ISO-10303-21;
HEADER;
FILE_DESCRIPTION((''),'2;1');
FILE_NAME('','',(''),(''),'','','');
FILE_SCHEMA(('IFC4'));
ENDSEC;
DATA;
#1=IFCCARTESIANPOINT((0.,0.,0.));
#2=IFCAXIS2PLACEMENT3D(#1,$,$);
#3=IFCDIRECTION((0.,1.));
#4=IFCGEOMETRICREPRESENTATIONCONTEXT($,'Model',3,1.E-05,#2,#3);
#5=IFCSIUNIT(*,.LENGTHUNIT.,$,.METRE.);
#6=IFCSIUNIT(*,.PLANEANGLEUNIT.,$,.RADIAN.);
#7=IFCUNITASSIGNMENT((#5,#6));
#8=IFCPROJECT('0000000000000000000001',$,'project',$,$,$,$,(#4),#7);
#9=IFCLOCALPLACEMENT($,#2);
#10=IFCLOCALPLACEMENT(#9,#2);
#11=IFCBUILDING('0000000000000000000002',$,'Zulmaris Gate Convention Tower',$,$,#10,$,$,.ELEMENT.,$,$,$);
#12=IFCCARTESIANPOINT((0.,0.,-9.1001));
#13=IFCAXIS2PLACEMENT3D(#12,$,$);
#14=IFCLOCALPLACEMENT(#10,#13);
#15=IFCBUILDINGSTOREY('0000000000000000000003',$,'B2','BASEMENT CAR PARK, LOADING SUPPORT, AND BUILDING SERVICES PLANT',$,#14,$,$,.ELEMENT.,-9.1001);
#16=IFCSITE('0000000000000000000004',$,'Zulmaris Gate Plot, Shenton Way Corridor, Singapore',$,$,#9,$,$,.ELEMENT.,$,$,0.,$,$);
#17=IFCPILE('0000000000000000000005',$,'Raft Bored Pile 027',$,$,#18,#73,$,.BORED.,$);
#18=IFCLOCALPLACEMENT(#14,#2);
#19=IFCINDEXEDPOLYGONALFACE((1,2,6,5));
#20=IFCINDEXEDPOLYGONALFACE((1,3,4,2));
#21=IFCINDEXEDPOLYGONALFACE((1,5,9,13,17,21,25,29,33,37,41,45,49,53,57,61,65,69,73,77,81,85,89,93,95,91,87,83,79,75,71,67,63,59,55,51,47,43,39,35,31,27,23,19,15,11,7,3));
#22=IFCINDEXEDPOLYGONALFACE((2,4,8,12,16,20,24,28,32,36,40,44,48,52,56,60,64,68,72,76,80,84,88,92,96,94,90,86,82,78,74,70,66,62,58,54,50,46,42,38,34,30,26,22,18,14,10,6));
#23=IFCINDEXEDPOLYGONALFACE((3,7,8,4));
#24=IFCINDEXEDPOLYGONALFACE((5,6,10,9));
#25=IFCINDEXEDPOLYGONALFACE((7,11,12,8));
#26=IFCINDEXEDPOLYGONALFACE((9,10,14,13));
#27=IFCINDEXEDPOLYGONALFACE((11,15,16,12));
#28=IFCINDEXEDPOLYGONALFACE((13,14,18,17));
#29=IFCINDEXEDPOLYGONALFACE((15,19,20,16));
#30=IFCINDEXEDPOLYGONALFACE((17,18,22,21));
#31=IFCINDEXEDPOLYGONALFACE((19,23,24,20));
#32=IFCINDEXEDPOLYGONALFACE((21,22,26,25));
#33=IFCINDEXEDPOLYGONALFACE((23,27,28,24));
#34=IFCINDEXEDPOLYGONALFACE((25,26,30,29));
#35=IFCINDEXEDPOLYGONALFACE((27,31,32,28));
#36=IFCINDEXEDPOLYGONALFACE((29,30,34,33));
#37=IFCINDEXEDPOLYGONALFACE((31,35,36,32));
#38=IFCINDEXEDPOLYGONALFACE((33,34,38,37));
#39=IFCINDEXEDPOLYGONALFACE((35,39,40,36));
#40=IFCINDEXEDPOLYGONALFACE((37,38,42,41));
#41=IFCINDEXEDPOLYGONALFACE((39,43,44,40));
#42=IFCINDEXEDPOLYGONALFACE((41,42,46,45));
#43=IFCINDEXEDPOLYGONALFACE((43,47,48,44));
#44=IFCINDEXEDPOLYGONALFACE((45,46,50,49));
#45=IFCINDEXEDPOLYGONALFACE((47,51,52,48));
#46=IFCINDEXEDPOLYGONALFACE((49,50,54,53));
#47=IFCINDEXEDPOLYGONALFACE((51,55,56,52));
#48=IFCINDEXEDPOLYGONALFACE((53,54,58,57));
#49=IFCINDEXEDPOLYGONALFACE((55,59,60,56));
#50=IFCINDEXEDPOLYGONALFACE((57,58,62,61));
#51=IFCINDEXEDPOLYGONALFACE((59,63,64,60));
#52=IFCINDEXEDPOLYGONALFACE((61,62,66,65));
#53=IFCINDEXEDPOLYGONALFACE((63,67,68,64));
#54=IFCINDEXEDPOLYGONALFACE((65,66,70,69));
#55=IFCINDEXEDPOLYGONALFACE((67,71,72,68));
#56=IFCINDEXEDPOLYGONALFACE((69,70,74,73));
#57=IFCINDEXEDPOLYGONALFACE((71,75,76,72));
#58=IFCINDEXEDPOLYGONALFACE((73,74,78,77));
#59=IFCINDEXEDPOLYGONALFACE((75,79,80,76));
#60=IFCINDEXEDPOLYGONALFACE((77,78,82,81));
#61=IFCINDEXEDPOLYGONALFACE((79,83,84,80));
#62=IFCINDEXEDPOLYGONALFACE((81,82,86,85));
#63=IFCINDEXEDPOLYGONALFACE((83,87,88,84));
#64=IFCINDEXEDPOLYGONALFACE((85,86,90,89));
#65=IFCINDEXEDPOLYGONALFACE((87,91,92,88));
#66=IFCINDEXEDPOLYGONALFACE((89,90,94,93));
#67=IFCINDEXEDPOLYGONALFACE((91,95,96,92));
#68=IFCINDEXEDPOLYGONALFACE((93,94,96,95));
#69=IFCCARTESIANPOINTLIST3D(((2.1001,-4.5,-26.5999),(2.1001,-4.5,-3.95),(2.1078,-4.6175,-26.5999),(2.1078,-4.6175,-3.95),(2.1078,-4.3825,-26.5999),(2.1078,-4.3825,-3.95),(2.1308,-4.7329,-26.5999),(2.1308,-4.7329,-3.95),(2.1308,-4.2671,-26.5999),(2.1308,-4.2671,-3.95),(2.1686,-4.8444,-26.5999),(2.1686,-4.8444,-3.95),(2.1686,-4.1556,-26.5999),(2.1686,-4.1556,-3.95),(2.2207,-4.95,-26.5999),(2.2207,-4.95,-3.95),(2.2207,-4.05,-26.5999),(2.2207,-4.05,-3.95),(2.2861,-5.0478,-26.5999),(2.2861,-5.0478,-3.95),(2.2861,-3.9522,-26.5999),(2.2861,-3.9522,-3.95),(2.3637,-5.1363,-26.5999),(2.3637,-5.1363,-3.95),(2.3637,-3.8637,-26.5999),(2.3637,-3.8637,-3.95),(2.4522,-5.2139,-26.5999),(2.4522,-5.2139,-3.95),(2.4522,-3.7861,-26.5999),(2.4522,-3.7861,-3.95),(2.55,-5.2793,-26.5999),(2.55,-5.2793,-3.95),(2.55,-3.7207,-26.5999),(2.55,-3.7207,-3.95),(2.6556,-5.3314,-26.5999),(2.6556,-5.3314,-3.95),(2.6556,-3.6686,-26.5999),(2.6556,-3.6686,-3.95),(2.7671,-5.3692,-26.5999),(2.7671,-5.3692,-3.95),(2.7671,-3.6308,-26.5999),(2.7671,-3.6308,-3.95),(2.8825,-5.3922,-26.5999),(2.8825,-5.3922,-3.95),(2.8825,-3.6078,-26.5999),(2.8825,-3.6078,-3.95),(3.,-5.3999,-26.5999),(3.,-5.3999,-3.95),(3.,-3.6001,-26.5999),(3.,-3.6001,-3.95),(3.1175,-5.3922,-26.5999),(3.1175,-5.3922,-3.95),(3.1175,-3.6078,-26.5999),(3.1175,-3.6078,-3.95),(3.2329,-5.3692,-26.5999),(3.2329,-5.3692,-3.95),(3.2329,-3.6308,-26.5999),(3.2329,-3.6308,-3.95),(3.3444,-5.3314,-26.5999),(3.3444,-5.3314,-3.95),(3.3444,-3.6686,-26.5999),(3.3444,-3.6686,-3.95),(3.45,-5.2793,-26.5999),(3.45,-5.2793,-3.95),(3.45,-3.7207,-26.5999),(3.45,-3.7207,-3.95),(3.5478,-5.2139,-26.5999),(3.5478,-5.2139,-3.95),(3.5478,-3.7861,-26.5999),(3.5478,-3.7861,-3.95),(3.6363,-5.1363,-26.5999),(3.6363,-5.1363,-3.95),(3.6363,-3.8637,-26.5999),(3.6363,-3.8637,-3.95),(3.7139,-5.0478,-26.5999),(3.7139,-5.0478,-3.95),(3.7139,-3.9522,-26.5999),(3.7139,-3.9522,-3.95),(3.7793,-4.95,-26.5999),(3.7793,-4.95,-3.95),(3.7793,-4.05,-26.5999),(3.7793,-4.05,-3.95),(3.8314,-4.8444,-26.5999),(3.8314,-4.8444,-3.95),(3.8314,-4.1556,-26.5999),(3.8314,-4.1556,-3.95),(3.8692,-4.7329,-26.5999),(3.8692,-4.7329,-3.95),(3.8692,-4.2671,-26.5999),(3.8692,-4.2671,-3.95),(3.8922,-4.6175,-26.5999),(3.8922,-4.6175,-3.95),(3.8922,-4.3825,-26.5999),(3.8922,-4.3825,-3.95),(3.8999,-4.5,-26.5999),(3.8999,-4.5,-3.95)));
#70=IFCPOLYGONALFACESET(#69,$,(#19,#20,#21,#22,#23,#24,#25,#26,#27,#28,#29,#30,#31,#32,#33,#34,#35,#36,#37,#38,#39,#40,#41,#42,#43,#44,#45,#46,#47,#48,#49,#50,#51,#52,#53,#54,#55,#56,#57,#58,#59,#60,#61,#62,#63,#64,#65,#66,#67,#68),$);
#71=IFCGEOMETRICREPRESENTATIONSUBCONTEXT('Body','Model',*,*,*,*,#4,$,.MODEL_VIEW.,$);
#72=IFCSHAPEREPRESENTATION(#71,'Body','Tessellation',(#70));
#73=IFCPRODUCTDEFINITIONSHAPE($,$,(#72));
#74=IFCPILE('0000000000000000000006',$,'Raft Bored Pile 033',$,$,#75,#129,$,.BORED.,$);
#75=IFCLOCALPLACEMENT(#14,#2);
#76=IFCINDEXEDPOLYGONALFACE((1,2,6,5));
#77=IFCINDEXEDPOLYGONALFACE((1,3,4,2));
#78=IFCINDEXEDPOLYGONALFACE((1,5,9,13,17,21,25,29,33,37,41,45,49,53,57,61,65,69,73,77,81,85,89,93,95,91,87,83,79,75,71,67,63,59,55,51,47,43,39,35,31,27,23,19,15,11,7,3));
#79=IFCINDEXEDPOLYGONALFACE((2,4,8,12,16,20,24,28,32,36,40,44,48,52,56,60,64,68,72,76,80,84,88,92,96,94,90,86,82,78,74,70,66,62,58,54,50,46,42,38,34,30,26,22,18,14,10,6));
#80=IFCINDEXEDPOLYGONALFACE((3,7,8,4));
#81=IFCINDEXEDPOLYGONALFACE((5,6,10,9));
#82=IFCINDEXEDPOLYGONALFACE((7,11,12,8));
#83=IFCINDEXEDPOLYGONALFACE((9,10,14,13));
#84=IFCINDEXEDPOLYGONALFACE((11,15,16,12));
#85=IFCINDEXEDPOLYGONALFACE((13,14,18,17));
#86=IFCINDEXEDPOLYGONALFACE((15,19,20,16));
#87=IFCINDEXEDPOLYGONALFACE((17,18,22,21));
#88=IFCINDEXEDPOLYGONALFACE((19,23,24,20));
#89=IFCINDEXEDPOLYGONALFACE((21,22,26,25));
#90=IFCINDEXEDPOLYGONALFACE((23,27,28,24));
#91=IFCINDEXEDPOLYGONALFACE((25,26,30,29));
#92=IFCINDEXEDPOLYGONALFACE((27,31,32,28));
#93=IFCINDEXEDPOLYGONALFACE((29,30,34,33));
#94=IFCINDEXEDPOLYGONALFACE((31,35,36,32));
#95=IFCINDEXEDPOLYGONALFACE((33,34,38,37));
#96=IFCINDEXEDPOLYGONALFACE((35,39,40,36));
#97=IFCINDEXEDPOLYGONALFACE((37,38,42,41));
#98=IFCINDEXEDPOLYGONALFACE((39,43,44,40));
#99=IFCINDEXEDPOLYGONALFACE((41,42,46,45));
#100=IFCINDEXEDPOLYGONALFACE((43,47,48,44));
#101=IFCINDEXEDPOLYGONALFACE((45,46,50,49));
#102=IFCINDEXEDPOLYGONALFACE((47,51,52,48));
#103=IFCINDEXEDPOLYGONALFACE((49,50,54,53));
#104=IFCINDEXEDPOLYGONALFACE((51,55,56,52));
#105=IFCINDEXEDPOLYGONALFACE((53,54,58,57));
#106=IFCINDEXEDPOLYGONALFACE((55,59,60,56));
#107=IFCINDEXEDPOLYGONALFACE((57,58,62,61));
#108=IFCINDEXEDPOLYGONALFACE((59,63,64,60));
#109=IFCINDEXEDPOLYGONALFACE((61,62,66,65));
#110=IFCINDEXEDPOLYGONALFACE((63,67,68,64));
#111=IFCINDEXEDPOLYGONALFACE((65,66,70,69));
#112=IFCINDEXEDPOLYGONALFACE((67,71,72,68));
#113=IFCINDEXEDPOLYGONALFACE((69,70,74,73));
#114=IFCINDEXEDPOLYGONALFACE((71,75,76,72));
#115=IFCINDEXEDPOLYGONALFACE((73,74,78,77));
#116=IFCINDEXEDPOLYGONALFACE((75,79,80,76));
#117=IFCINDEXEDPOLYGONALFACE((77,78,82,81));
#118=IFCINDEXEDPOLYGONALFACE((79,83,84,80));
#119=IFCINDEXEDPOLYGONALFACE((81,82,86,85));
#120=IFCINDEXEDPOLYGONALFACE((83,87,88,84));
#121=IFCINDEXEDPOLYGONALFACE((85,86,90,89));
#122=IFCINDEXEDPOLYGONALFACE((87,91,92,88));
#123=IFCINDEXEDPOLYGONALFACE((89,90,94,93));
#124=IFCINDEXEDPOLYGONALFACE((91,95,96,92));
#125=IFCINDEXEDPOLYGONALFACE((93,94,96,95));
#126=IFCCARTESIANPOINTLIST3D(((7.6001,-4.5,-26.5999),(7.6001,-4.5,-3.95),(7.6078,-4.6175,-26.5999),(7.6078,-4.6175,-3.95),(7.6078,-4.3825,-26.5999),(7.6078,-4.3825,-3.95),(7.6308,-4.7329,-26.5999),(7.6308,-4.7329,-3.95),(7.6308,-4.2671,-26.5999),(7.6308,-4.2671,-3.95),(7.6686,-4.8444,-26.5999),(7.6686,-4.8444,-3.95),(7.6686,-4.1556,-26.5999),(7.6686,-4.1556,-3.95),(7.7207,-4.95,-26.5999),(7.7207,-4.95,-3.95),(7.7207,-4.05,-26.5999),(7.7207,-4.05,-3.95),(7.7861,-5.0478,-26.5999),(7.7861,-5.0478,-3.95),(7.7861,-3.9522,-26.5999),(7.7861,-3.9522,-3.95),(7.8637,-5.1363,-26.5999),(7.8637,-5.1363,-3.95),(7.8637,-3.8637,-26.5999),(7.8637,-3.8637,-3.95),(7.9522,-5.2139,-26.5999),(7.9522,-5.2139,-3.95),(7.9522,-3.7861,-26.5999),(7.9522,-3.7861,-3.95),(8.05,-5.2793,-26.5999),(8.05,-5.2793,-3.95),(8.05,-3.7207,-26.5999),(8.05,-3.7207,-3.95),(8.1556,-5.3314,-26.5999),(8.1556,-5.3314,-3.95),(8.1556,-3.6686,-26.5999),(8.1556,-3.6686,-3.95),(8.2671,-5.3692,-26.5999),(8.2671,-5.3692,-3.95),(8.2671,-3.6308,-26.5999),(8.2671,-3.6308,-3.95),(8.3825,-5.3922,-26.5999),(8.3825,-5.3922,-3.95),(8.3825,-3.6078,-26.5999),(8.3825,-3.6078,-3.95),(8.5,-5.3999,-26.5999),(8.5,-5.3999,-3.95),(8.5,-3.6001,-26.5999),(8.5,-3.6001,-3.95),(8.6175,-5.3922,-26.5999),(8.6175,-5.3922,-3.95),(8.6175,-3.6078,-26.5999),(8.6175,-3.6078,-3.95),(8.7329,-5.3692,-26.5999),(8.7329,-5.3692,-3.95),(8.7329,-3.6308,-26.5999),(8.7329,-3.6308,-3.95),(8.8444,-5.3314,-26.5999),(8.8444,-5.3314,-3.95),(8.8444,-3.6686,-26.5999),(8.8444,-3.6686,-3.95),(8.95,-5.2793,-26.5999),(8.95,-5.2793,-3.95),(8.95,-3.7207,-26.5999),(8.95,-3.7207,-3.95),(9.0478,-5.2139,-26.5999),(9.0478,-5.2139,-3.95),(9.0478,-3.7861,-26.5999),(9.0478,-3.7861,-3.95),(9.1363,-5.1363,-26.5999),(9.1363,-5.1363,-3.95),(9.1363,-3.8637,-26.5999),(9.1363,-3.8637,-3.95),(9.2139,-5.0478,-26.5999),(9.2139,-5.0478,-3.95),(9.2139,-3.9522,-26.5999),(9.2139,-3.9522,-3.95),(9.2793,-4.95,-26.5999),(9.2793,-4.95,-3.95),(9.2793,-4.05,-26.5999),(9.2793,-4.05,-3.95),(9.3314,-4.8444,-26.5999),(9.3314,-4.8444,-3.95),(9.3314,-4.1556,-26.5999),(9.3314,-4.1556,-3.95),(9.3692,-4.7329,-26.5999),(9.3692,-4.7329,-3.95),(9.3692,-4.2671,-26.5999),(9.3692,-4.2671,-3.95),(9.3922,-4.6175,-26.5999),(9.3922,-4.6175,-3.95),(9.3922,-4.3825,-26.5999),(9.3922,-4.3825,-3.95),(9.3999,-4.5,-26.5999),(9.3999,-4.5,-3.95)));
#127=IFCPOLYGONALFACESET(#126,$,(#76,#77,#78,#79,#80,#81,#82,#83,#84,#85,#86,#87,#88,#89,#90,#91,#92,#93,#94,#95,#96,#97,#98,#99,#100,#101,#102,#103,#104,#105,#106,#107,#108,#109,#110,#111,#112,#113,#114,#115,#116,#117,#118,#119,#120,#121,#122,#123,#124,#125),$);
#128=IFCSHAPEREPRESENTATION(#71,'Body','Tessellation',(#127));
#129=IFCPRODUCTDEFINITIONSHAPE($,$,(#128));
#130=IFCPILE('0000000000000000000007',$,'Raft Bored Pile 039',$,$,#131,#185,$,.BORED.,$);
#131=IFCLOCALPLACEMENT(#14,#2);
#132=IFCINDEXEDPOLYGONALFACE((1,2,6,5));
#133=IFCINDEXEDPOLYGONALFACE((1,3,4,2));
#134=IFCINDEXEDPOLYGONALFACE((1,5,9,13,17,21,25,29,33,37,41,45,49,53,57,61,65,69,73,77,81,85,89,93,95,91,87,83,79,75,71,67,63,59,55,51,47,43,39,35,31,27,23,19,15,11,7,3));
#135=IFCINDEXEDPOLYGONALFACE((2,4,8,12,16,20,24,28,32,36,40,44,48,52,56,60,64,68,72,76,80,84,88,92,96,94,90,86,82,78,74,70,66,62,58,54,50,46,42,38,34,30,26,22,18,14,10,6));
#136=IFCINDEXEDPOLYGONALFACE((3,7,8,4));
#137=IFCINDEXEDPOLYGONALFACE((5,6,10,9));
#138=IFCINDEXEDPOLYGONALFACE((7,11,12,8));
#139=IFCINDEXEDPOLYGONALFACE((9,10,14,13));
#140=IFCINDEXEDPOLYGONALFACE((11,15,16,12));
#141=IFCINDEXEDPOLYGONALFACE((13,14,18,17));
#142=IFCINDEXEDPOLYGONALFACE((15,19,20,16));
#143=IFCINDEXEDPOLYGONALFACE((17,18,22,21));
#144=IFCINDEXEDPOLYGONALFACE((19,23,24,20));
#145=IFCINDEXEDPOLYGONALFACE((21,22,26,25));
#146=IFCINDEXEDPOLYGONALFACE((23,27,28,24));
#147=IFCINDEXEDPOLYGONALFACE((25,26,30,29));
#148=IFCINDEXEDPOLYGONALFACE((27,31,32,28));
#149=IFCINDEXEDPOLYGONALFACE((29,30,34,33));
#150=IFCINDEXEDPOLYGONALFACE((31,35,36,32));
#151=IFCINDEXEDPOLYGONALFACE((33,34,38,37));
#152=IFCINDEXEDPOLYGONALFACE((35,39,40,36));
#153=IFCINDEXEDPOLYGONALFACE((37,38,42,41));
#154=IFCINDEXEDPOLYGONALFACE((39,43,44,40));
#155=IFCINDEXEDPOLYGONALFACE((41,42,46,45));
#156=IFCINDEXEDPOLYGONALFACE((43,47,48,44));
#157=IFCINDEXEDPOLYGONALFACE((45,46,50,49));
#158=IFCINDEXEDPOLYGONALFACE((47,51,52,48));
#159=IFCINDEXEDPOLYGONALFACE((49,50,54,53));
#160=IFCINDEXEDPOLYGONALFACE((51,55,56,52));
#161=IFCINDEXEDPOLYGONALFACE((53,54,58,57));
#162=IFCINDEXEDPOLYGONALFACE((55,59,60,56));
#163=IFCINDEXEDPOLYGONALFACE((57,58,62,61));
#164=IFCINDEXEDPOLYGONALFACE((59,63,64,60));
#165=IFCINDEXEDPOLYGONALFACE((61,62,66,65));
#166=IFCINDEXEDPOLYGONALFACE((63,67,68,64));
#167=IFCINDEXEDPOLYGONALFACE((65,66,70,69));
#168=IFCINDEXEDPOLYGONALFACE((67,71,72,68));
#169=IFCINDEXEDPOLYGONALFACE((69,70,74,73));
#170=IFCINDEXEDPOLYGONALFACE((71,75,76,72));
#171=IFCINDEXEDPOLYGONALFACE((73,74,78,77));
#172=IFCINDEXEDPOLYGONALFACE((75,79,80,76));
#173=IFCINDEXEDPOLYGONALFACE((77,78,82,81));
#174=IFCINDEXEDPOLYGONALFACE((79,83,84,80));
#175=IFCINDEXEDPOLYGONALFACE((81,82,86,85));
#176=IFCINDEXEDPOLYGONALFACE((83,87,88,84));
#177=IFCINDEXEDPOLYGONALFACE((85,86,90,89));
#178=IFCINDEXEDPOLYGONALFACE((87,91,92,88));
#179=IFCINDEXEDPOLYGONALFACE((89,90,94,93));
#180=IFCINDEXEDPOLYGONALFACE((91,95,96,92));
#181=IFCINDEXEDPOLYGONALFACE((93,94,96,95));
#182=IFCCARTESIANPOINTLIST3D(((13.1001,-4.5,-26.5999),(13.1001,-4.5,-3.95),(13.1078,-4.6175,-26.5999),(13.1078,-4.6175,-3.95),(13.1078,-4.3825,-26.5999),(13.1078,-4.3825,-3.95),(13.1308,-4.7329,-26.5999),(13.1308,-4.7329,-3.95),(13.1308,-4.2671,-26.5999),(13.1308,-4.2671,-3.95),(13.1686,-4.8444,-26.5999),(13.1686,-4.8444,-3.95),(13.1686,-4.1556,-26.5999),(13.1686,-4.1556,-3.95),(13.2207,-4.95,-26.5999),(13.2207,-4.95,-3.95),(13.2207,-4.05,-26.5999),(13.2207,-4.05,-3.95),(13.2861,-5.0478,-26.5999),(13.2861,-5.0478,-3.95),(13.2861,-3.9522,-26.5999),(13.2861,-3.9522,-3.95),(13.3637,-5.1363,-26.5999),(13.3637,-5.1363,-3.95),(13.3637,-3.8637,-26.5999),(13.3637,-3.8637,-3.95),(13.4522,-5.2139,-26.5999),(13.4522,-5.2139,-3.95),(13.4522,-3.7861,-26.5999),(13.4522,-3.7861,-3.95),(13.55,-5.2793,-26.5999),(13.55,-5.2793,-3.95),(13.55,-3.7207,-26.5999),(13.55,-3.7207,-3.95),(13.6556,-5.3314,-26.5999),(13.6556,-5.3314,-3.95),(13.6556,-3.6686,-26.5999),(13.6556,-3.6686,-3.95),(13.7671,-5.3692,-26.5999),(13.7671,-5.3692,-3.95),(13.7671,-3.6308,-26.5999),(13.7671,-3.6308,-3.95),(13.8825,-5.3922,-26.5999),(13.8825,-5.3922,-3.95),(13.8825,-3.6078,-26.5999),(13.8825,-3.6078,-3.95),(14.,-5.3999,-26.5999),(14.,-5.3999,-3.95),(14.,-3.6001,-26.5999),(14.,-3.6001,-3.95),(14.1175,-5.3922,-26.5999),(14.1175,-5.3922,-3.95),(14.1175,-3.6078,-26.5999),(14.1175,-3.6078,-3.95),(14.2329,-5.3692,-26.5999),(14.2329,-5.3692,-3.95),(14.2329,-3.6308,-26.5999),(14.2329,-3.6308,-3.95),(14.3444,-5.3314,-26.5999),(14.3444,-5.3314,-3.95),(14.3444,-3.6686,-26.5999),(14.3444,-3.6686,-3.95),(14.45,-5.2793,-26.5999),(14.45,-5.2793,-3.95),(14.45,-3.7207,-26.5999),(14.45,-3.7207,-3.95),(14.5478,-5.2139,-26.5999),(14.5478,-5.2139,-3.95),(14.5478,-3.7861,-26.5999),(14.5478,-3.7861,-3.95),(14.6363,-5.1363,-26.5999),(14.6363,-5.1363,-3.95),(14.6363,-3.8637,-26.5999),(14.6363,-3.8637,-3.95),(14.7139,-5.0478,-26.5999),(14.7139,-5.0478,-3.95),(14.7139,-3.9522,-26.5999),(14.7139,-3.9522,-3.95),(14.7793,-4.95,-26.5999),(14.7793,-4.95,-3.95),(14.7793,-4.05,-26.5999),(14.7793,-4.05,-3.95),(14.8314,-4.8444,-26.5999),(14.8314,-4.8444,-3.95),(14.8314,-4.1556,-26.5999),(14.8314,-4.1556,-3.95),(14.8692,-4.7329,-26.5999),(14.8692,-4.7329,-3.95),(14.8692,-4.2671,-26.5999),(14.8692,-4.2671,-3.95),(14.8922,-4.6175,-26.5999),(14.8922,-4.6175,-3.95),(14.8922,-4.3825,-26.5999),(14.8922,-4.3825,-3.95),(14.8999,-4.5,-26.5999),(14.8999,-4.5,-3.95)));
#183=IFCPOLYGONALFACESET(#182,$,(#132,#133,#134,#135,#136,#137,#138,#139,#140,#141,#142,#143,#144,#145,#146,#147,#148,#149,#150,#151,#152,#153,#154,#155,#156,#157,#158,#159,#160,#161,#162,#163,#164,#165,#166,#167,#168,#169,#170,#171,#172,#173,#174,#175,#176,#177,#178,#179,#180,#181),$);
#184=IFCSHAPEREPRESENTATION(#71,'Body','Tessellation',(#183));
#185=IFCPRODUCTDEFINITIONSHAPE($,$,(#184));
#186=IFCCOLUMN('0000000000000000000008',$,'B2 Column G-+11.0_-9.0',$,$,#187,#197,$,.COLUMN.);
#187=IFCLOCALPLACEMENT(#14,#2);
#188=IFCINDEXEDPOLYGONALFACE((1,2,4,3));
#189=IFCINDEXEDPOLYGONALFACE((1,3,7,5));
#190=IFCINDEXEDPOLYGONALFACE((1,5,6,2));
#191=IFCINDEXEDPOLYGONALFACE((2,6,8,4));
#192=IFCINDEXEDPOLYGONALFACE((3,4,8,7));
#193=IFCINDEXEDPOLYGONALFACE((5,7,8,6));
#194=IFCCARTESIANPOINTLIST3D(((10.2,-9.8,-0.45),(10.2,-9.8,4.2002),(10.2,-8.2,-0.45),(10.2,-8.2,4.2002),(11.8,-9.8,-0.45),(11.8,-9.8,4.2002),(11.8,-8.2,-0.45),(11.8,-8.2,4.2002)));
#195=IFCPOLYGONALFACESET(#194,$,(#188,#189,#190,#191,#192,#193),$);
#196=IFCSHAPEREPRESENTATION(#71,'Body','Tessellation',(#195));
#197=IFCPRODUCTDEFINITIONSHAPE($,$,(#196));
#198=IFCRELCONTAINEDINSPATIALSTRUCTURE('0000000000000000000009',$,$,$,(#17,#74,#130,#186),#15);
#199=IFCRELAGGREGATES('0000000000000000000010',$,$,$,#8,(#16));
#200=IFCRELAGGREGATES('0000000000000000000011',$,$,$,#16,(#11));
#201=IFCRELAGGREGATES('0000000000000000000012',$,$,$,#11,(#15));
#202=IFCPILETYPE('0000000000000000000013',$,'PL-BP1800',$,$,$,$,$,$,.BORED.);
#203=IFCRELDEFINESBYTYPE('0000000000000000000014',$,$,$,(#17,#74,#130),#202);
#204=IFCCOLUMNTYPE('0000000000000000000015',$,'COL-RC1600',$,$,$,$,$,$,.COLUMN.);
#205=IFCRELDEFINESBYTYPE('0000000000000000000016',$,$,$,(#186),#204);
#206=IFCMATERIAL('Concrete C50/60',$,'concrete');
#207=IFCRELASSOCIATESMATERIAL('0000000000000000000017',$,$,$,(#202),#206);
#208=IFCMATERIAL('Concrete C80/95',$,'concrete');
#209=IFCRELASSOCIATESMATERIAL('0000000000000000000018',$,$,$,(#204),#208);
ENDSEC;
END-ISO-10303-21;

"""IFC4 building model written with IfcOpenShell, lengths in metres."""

from ifc_helpers import new_model, si_unit, direction, frame, origin, origin_2d, place, context, subcontext, project, spatial, rectangle, circle, extrude, material, material_profile, profile_set, type_object, element, save


model = new_model("IFC4")

# Units and contexts
model_context = context("Model", 3, precision=1e-05, world=origin(), true_north=direction((0.0, 1.0)))
body_context = subcontext(model_context, "Body", "Model", "MODEL_VIEW")
ifc_project = project(units=[si_unit("LENGTHUNIT", "METRE"), si_unit("PLANEANGLEUNIT", "RADIAN")], contexts=[model_context])

# Site, building, storey
site_placement = place(None, origin())
site = spatial("IfcSite", under=ifc_project, at=site_placement, Name="Zulmaris Gate Plot, Shenton Way Corridor, Singapore", CompositionType="ELEMENT", RefElevation=0.0)
building_placement = place(site_placement, origin())
building = spatial("IfcBuilding", under=site, at=building_placement, Name="Zulmaris Gate Convention Tower", CompositionType="ELEMENT")
storey_placement = place(building_placement, frame((0.0, 0.0, -9.1001)))
storey = spatial("IfcBuildingStorey", under=building, at=storey_placement, Name="B2", Description="BASEMENT CAR PARK, LOADING SUPPORT, AND BUILDING SERVICES PLANT", CompositionType="ELEMENT", Elevation=-9.1001)

# Piles
ifc_material_1 = material(Name="Concrete C50/60", Category="concrete")
ifc_material_profile_1 = material_profile(ifc_material_1, circle(Radius=0.8999, at=origin_2d()), Name="BORED PILE 1800")
ifc_profile_set_1 = profile_set([ifc_material_profile_1], Name="Concrete C50/60")
pile_type = type_object("IfcPileType", Name="PL-BP1800", PredefinedType="BORED", material=ifc_profile_set_1)
for number, where, z_axis, x_axis, name in (
    (1, (3.0, -4.5, -3.95), (0.0, 0.0, -1.0), (1.0, 0.0, 0.0), "Raft Bored Pile 027"),
    (2, (8.5, -4.5, -3.95), (0.0, 0.0, -1.0), (1.0, 0.0, 0.0), "Raft Bored Pile 033"),
    (3, (14.0, -4.5, -3.95), (0.0, 0.0, -1.0), (1.0, 0.0, 0.0), "Raft Bored Pile 039"),
):
    element("IfcPile", number, at=place(storey_placement, frame(where, z_axis=z_axis, x_axis=x_axis)), inside=storey, type_object=pile_type, Name=name, PredefinedType="BORED", context=body_context, shape_type="SweptSolid", body=[
        extrude(circle(Radius=0.8999, at=origin_2d()), origin(), (0.0, 0.0, 1.0), 22.6499),
    ])

# Column
ifc_material_2 = material(Name="Concrete C80/95", Category="concrete")
ifc_material_profile_2 = material_profile(ifc_material_2, rectangle(XDim=1.6001, YDim=1.6001, at=origin_2d()), Name="RC COL 1600x1600")
ifc_profile_set_2 = profile_set([ifc_material_profile_2], Name="Concrete C80/95")
column_type = type_object("IfcColumnType", Name="COL-RC1600", PredefinedType="COLUMN", material=ifc_profile_set_2)
column_placement = place(storey_placement, frame((11.0, -9.0, -0.45), z_axis=(0.0, 0.0, 1.0), x_axis=(1.0, 0.0, 0.0)))
element("IfcColumn", 4, at=column_placement, inside=storey, type_object=column_type, Name="B2 Column G-+11.0_-9.0", PredefinedType="COLUMN", context=body_context, shape_type="SweptSolid", body=[
    extrude(rectangle(XDim=1.6001, YDim=1.6001, at=origin_2d()), origin(), (0.0, 0.0, 1.0), 4.6501),
])

save(model, "model.ifc")
